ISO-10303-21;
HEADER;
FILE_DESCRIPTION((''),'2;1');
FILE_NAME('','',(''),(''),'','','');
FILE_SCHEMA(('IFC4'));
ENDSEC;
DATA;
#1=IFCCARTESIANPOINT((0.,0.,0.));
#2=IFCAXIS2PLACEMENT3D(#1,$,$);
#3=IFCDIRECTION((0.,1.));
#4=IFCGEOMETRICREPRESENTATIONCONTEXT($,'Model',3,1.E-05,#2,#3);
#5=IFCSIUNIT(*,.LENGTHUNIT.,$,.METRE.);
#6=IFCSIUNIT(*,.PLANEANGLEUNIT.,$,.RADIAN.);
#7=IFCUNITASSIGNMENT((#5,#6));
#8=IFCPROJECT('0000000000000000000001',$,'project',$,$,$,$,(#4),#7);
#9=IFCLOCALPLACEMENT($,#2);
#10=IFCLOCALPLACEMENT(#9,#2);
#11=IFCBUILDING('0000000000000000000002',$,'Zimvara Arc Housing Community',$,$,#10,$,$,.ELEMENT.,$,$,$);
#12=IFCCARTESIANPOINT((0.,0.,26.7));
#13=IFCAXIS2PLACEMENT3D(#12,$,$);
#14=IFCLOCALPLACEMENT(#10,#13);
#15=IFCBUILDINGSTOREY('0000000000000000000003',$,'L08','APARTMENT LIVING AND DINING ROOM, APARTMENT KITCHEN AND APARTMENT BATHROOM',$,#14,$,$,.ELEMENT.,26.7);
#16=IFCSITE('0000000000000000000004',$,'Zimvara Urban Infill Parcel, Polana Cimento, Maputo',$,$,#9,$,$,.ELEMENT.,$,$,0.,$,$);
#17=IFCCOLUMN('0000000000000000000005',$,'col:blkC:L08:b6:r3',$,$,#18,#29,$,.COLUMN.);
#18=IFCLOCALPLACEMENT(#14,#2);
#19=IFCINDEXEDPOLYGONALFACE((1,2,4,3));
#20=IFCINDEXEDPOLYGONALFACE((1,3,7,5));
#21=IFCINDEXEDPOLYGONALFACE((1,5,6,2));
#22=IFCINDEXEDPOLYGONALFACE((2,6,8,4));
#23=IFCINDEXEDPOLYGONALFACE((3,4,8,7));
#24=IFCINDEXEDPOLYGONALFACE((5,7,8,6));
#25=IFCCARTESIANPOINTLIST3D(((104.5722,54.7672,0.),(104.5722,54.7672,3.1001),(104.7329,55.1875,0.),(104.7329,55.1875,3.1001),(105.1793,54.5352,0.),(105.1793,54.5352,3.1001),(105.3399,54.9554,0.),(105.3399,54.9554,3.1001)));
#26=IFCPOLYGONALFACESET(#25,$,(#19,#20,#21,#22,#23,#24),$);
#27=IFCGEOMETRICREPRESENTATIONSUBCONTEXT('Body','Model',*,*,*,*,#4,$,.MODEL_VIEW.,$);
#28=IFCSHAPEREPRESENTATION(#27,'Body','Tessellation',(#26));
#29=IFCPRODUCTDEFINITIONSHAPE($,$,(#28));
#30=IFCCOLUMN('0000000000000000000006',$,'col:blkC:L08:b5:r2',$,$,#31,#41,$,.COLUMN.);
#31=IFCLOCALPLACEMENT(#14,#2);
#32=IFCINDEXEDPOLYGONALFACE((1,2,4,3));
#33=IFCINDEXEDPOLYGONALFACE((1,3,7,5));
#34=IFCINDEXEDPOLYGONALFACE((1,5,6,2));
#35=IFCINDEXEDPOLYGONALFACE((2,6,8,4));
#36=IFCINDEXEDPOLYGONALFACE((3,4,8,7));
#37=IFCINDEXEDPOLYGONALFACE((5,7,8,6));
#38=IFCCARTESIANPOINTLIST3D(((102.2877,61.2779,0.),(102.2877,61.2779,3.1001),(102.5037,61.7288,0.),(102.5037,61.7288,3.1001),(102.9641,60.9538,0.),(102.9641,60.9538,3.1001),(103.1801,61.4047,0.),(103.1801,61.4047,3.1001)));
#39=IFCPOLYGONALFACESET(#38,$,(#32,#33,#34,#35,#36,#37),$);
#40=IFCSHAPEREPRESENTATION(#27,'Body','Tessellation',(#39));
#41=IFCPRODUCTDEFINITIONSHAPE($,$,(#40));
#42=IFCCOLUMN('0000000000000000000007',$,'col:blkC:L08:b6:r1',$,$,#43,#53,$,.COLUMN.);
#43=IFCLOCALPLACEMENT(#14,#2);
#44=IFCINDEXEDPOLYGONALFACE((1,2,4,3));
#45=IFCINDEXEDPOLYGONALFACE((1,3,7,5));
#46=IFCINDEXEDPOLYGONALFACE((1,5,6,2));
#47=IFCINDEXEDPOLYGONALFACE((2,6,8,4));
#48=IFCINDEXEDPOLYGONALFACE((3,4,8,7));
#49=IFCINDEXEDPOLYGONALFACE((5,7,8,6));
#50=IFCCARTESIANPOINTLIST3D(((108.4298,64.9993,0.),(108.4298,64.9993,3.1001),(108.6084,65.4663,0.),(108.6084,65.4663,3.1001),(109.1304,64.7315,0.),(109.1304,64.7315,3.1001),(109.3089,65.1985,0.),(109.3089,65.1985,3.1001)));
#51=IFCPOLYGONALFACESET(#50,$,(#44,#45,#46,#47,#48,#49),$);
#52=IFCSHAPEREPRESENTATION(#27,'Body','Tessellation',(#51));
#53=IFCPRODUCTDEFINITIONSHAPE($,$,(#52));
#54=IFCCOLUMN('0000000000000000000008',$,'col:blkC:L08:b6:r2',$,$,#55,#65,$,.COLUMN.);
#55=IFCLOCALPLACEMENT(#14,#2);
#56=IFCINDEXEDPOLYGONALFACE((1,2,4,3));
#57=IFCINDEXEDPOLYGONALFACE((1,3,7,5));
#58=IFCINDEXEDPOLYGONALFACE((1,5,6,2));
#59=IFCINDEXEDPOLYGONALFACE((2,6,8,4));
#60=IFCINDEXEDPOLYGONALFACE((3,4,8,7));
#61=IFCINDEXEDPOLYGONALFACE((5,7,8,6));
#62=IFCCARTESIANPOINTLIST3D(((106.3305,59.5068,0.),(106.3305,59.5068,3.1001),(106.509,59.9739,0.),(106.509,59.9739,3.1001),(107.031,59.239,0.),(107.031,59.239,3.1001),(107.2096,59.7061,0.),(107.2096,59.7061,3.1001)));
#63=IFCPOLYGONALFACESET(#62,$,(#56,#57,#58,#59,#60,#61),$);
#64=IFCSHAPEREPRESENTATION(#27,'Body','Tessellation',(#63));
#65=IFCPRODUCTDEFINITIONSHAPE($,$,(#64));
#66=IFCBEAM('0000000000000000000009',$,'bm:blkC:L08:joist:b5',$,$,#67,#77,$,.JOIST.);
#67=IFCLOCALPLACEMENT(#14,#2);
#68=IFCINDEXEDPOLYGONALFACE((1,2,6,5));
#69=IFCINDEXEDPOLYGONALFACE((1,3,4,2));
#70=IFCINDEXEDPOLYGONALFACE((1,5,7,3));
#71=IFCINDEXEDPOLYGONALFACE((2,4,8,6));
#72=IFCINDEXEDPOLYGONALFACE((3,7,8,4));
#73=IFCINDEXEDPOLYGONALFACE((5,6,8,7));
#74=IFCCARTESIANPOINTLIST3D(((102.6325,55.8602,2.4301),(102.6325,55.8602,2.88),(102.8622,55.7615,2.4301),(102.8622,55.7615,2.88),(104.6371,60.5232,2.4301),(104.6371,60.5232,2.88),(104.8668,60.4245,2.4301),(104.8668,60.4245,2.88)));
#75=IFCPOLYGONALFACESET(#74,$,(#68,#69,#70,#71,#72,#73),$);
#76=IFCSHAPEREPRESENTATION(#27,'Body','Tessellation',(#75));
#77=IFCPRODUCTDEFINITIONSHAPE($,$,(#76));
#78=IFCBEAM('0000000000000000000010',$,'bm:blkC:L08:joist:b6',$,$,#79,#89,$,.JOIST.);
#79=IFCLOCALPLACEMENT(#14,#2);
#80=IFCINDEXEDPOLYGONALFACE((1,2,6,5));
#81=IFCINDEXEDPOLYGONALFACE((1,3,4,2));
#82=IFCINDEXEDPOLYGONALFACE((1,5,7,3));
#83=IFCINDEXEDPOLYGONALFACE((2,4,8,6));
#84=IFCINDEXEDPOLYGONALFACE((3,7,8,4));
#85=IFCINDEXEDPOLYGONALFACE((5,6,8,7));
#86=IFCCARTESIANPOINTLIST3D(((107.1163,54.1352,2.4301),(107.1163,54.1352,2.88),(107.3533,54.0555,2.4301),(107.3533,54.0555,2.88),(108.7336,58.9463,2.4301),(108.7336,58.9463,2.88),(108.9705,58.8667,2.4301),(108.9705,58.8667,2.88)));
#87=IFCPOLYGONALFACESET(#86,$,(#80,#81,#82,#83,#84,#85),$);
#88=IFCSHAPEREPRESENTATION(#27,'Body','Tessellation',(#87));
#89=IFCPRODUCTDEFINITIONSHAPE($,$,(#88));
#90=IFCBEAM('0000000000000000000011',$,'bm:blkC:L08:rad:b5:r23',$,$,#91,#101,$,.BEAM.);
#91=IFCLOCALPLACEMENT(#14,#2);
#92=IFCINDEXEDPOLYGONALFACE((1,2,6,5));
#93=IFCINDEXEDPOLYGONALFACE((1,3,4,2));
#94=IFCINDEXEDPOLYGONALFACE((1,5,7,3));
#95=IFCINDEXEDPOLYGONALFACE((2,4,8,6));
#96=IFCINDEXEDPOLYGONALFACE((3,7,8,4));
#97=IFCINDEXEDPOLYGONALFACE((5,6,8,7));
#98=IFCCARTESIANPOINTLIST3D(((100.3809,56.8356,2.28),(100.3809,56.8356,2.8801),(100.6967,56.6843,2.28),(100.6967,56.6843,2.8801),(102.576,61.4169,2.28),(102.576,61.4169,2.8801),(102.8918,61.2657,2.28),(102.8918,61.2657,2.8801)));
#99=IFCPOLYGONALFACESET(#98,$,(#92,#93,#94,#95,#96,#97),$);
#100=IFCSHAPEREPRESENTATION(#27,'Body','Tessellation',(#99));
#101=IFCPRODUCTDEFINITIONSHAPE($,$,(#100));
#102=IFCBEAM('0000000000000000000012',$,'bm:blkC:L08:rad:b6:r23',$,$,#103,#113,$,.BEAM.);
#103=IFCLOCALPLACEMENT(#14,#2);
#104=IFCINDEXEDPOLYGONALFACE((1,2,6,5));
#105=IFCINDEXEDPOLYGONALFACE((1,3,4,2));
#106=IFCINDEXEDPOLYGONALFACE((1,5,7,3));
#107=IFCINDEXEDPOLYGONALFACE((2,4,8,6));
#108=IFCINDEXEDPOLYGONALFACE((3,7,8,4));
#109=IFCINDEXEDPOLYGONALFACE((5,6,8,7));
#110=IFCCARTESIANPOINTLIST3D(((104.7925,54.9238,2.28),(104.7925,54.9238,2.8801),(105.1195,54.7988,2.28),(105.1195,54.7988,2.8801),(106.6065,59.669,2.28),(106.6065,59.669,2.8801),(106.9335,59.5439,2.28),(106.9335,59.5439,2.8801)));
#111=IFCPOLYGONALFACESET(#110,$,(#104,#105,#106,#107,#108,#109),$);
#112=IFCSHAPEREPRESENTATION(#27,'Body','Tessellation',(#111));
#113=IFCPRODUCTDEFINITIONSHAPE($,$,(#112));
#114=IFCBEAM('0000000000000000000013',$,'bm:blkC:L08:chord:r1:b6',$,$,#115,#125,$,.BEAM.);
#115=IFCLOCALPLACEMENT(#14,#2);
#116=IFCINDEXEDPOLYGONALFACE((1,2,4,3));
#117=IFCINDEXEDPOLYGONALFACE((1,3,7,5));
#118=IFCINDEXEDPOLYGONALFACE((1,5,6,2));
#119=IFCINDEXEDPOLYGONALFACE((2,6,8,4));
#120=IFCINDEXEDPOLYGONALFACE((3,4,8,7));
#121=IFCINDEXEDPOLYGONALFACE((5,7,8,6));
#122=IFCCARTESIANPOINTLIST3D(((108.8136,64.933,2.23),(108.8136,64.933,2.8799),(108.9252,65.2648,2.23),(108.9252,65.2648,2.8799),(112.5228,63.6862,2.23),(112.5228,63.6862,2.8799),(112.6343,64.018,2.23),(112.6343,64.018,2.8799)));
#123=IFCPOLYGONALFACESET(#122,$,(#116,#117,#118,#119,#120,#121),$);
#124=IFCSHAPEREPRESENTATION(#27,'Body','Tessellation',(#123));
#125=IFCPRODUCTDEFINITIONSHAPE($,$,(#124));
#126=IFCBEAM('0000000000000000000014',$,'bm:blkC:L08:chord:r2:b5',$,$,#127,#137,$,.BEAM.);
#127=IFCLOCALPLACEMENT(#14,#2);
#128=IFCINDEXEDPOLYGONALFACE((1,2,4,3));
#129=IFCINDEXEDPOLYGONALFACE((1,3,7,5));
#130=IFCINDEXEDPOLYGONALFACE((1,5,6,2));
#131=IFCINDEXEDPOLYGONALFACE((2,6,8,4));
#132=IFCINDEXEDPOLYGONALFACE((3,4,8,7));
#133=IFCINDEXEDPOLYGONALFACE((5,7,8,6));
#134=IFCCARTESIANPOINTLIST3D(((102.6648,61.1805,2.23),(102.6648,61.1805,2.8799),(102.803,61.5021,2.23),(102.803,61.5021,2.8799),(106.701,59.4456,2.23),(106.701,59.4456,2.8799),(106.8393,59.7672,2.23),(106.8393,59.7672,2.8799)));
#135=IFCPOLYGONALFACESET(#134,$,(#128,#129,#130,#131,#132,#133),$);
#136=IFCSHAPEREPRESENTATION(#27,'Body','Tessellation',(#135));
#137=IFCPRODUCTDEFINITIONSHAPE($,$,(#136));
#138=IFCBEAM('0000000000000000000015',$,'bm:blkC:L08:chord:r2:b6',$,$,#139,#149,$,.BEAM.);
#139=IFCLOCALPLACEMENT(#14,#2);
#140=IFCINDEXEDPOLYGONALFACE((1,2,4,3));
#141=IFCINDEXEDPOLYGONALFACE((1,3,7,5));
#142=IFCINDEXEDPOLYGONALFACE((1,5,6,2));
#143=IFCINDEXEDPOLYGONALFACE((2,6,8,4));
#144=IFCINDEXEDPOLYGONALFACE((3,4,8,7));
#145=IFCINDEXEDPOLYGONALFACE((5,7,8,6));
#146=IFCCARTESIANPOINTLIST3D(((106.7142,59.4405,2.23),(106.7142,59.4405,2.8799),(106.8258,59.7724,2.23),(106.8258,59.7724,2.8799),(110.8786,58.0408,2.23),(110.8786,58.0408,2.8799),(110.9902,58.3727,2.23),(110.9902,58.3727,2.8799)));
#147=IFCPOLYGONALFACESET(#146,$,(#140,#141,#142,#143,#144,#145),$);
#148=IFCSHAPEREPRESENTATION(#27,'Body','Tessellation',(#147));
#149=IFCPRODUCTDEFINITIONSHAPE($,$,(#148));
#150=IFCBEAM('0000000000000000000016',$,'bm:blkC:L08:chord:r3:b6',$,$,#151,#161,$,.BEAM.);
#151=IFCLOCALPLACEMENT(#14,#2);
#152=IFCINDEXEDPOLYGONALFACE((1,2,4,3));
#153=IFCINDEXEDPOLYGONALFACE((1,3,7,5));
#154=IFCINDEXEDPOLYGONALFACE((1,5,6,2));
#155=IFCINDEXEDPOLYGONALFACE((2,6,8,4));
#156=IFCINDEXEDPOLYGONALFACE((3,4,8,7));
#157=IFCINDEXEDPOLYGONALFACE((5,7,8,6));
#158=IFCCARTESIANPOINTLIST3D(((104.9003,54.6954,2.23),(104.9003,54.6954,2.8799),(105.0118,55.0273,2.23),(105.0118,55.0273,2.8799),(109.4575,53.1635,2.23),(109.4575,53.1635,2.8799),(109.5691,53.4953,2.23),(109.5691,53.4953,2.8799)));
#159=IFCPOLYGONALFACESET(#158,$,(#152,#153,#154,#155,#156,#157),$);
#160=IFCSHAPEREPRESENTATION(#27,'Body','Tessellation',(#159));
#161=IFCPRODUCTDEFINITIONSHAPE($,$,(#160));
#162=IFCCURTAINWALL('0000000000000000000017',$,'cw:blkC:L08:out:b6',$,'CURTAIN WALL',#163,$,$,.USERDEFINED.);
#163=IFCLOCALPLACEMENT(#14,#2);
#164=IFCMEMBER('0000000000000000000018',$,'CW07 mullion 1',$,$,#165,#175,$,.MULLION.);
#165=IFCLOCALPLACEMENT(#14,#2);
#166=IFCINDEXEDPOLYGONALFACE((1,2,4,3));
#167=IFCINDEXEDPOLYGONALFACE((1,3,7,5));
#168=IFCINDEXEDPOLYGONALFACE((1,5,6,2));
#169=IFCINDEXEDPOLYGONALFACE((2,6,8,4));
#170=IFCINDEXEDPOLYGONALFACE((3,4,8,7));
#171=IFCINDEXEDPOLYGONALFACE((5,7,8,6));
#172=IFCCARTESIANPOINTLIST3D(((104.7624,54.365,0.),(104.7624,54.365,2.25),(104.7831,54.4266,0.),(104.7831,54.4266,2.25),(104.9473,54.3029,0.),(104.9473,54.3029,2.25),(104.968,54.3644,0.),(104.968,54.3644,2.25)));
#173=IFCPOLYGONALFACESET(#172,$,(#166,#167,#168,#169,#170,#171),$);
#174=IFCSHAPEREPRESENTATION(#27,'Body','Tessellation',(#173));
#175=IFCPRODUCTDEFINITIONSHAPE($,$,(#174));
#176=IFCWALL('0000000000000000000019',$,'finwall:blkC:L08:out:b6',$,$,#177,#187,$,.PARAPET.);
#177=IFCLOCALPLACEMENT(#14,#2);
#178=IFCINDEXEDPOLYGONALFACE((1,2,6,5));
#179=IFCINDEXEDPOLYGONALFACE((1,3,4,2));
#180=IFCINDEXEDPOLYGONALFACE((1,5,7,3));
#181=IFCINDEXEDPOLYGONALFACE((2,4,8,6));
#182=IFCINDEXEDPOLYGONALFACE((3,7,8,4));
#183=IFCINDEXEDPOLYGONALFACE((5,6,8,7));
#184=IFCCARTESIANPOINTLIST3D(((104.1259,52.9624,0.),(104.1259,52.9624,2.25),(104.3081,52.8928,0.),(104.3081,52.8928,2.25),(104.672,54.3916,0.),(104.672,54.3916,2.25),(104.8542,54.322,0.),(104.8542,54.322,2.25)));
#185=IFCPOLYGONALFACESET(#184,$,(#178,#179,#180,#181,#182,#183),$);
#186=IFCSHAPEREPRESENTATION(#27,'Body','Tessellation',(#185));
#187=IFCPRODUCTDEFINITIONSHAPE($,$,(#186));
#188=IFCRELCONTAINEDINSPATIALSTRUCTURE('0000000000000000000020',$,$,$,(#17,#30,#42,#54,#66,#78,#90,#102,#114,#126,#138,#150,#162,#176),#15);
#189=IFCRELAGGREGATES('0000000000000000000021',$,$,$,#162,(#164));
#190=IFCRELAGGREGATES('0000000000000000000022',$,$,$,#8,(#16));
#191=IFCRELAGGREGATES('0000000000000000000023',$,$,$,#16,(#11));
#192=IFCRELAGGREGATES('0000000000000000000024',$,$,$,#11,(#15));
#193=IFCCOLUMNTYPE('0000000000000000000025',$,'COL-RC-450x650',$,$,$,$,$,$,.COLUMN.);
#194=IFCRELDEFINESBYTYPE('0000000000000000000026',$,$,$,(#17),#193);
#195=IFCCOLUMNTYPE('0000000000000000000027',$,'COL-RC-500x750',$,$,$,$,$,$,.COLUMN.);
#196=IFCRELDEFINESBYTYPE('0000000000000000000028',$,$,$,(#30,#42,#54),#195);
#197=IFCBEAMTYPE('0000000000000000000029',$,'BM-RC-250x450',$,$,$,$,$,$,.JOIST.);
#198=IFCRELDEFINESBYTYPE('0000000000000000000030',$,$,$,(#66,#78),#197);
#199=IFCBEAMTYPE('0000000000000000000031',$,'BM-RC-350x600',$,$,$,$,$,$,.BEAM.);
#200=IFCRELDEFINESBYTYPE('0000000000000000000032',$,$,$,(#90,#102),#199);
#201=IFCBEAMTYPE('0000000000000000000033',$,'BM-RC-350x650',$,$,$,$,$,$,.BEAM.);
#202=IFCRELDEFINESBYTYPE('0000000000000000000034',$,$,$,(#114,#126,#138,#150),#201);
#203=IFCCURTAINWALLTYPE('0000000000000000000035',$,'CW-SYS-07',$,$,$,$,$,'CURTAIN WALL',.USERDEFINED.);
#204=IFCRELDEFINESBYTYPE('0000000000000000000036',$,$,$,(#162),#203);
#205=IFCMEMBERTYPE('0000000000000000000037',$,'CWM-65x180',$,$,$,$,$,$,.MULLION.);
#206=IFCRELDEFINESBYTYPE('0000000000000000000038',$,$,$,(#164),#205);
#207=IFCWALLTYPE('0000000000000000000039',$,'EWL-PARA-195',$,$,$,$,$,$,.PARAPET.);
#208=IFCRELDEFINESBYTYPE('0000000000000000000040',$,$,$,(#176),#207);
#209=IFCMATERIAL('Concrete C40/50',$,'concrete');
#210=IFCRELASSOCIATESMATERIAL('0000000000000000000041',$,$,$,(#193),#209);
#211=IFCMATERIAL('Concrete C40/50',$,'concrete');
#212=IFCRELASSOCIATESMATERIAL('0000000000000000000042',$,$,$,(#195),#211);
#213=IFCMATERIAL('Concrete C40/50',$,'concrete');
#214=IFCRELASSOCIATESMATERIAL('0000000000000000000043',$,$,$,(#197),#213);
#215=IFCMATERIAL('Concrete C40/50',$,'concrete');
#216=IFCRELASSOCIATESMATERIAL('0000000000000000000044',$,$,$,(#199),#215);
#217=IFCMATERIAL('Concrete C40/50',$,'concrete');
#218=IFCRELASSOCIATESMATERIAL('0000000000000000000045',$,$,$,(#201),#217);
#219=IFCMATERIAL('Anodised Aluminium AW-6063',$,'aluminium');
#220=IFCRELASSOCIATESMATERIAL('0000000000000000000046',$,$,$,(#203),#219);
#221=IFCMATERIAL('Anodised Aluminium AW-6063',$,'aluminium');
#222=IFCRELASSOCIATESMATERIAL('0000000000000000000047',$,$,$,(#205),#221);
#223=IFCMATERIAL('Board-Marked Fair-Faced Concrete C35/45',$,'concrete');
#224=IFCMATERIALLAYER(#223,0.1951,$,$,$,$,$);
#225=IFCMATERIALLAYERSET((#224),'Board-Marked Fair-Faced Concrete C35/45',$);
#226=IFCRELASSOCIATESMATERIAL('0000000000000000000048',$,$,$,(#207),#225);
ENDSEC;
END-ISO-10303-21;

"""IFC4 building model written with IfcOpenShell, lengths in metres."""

from ifc_helpers import new_model, si_unit, direction, frame, frame_2d, origin, origin_2d, place, context, subcontext, project, spatial, rectangle, extrude, material, layer, layer_set, material_profile, profile_set, type_object, element, aggregate, save


model = new_model("IFC4")

# Units and contexts
model_context = context("Model", 3, precision=1e-05, world=origin(), true_north=direction((0.0, 1.0)))
body_context = subcontext(model_context, "Body", "Model", "MODEL_VIEW")
ifc_project = project(units=[si_unit("LENGTHUNIT", "METRE"), si_unit("PLANEANGLEUNIT", "RADIAN")], contexts=[model_context])

# Site, building, storey
site_placement = place(None, origin())
site = spatial("IfcSite", under=ifc_project, at=site_placement, Name="Zimvara Urban Infill Parcel, Polana Cimento, Maputo", CompositionType="ELEMENT", RefElevation=0.0)
building_placement = place(site_placement, origin())
building = spatial("IfcBuilding", under=site, at=building_placement, Name="Zimvara Arc Housing Community", CompositionType="ELEMENT")
storey_placement = place(building_placement, frame((0.0, 0.0, 26.7)))
storey = spatial("IfcBuildingStorey", under=building, at=storey_placement, Name="L08", Description="APARTMENT LIVING AND DINING ROOM, APARTMENT KITCHEN AND APARTMENT BATHROOM", CompositionType="ELEMENT", Elevation=26.7)

# Columns
ifc_material_1 = material(Name="Concrete C40/50", Category="concrete")
ifc_material_profile_1 = material_profile(ifc_material_1, rectangle(XDim=0.45, YDim=0.6499, at=origin_2d()), Name="RC 450x650")
ifc_profile_set_1 = profile_set([ifc_material_profile_1], Name="Concrete C40/50")
column_type_1 = type_object("IfcColumnType", Name="COL-RC-450x650", PredefinedType="COLUMN", material=ifc_profile_set_1)
column_placement = place(storey_placement, frame((104.9561, 54.8613, 0.0), z_axis=(0.0, 0.0, 1.0), x_axis=(-0.357064, -0.93408, 0.0)))
element("IfcColumn", 1, at=column_placement, inside=storey, type_object=column_type_1, Name="col:blkC:L08:b6:r3", PredefinedType="COLUMN", context=body_context, shape_type="SweptSolid", body=[
    extrude(rectangle(XDim=0.45, YDim=0.6499, at=origin_2d()), origin(), (0.0, 0.0, 1.0), 3.1001),
])
ifc_material_2 = material(Name="Concrete C40/50", Category="concrete")
ifc_material_profile_2 = material_profile(ifc_material_2, rectangle(XDim=0.5, YDim=0.75, at=origin_2d()), Name="RC 500x750")
ifc_profile_set_2 = profile_set([ifc_material_profile_2], Name="Concrete C40/50")
column_type_2 = type_object("IfcColumnType", Name="COL-RC-500x750", PredefinedType="COLUMN", material=ifc_profile_set_2)
for number, where, z_axis, x_axis, name in (
    (2, (102.7339, 61.3413, 0.0), (0.0, 0.0, 1.0), (-0.432086, -0.901833, 0.0), "col:blkC:L08:b5:r2"),
    (3, (108.8694, 65.0989, 0.0), (0.0, 0.0, 1.0), (-0.357064, -0.93408, 0.0), "col:blkC:L08:b6:r1"),
    (4, (106.77, 59.6064, 0.0), (0.0, 0.0, 1.0), (-0.357064, -0.93408, 0.0), "col:blkC:L08:b6:r2"),
):
    element("IfcColumn", number, at=place(storey_placement, frame(where, z_axis=z_axis, x_axis=x_axis)), inside=storey, type_object=column_type_2, Name=name, PredefinedType="COLUMN", context=body_context, shape_type="SweptSolid", body=[
        extrude(rectangle(XDim=0.5, YDim=0.75, at=origin_2d()), origin(), (0.0, 0.0, 1.0), 3.1001),
    ])

# Beams
ifc_material_3 = material(Name="Concrete C40/50", Category="concrete")
ifc_material_profile_3 = material_profile(ifc_material_3, rectangle(XDim=0.25, YDim=0.45, at=origin_2d()), Name="RC 250x450")
ifc_profile_set_3 = profile_set([ifc_material_profile_3], Name="Concrete C40/50")
beam_type_1 = type_object("IfcBeamType", Name="BM-RC-250x450", PredefinedType="JOIST", material=ifc_profile_set_3)
for number, where, z_axis, x_axis, name in (
    (5, (104.752, 60.4739, 2.655), (-0.394947, -0.918704, 0.0), (0.918704, -0.394947, 0.0), "bm:blkC:L08:joist:b5"),
    (6, (108.8521, 58.9065, 2.655), (-0.318622, -0.947882, 0.0), (0.947882, -0.318622, 0.0), "bm:blkC:L08:joist:b6"),
):
    element("IfcBeam", number, at=place(storey_placement, frame(where, z_axis=z_axis, x_axis=x_axis)), inside=storey, type_object=beam_type_1, Name=name, PredefinedType="JOIST", context=body_context, shape_type="SweptSolid", body=[
        extrude(rectangle(XDim=0.25, YDim=0.45, at=origin_2d()), origin(), (0.0, 0.0, 1.0), 5.0757),
    ])
ifc_material_4 = material(Name="Concrete C40/50", Category="concrete")
ifc_material_profile_4 = material_profile(ifc_material_4, rectangle(XDim=0.3501, YDim=0.6001, at=origin_2d()), Name="RC 350x600")
ifc_profile_set_4 = profile_set([ifc_material_profile_4], Name="Concrete C40/50")
beam_type_2 = type_object("IfcBeamType", Name="BM-RC-350x600", PredefinedType="BEAM", material=ifc_profile_set_4)
for number, where, z_axis, x_axis, name in (
    (7, (102.7339, 61.3413, 2.5801), (-0.432098, -0.901827, 0.0), (0.901827, -0.432098, 0.0), "bm:blkC:L08:rad:b5:r23"),
    (8, (106.77, 59.6064, 2.5801), (-0.357078, -0.934074, 0.0), (0.934074, -0.357078, 0.0), "bm:blkC:L08:rad:b6:r23"),
):
    element("IfcBeam", number, at=place(storey_placement, frame(where, z_axis=z_axis, x_axis=x_axis)), inside=storey, type_object=beam_type_2, Name=name, PredefinedType="BEAM", context=body_context, shape_type="SweptSolid", body=[
        extrude(rectangle(XDim=0.3501, YDim=0.6001, at=origin_2d()), origin(), (0.0, 0.0, 1.0), 5.0801),
    ])
ifc_material_5 = material(Name="Concrete C40/50", Category="concrete")
ifc_material_profile_5 = material_profile(ifc_material_5, rectangle(XDim=0.3501, YDim=0.6499, at=origin_2d()), Name="RC 350x650")
ifc_profile_set_5 = profile_set([ifc_material_profile_5], Name="Concrete C40/50")
beam_type_3 = type_object("IfcBeamType", Name="BM-RC-350x650", PredefinedType="BEAM", material=ifc_profile_set_5)
beam_1_placement = place(storey_placement, frame((108.8694, 65.0989, 2.5549), z_axis=(0.947882, -0.318623, 0.0), x_axis=(0.318623, 0.947882, 0.0)))
element("IfcBeam", 9, at=beam_1_placement, inside=storey, type_object=beam_type_3, Name="bm:blkC:L08:chord:r1:b6", PredefinedType="BEAM", context=body_context, shape_type="SweptSolid", body=[
    extrude(rectangle(XDim=0.3501, YDim=0.6499, at=origin_2d()), origin(), (0.0, 0.0, 1.0), 3.9131),
])
for number, where, z_axis, x_axis, name in (
    (10, (102.7339, 61.3413, 2.5549), (0.918725, -0.394898, 0.0), (0.394898, 0.918725, 0.0), "bm:blkC:L08:chord:r2:b5"),
    (11, (106.77, 59.6064, 2.5549), (0.947891, -0.318594, 0.0), (0.318594, 0.947891, 0.0), "bm:blkC:L08:chord:r2:b6"),
):
    element("IfcBeam", number, at=place(storey_placement, frame(where, z_axis=z_axis, x_axis=x_axis)), inside=storey, type_object=beam_type_3, Name=name, PredefinedType="BEAM", context=body_context, shape_type="SweptSolid", body=[
        extrude(rectangle(XDim=0.3501, YDim=0.6499, at=origin_2d()), origin(), (0.0, 0.0, 1.0), 4.3933),
    ])
beam_2_placement = place(storey_placement, frame((104.9561, 54.8613, 2.5549), z_axis=(0.947878, -0.318634, 0.0), x_axis=(0.318634, 0.947878, 0.0)))
element("IfcBeam", 12, at=beam_2_placement, inside=storey, type_object=beam_type_3, Name="bm:blkC:L08:chord:r3:b6", PredefinedType="BEAM", context=body_context, shape_type="SweptSolid", body=[
    extrude(rectangle(XDim=0.3501, YDim=0.6499, at=origin_2d()), origin(), (0.0, 0.0, 1.0), 4.8079),
])

# Curtain wall, member
ifc_material_6 = material(Name="Anodised Aluminium AW-6063", Category="aluminium")
curtain_wall_type = type_object("IfcCurtainWallType", Name="CW-SYS-07", ElementType="CURTAIN WALL", PredefinedType="USERDEFINED", material=ifc_material_6)
curtain_wall_placement = place(storey_placement, origin())
curtain_wall = element("IfcCurtainWall", 13, at=curtain_wall_placement, inside=storey, type_object=curtain_wall_type, Name="cw:blkC:L08:out:b6", ObjectType="CURTAIN WALL", PredefinedType="USERDEFINED")
ifc_material_7 = material(Name="Anodised Aluminium AW-6063", Category="aluminium")
ifc_material_profile_6 = material_profile(ifc_material_7, rectangle(XDim=0.0649, YDim=0.1951, at=origin_2d()), Name="ALU 65x195")
ifc_profile_set_6 = profile_set([ifc_material_profile_6], Name="Anodised Aluminium AW-6063")
member_type = type_object("IfcMemberType", Name="CWM-65x180", PredefinedType="MULLION", material=ifc_profile_set_6)
member_placement = place(storey_placement, frame((104.8652, 54.3647, 0.0), z_axis=(0.0, 0.0, 1.0), x_axis=(0.318629, 0.94788, 0.0)))
member = element("IfcMember", 14, at=member_placement, type_object=member_type, Name="CW07 mullion 1", PredefinedType="MULLION", context=body_context, shape_type="SweptSolid", body=[
    extrude(rectangle(XDim=0.0649, YDim=0.1951, at=origin_2d()), origin(), (0.0, 0.0, 1.0), 2.25),
])
aggregate(curtain_wall, [member])

# Wall
ifc_material_8 = material(Name="Board-Marked Fair-Faced Concrete C35/45", Category="concrete")
ifc_layer_1 = layer(ifc_material_8, 0.1951)
ifc_layer_set_1 = layer_set([ifc_layer_1], Name="Board-Marked Fair-Faced Concrete C35/45")
wall_type_1 = type_object("IfcWallType", Name="EWL-PARA-195", PredefinedType="PARAPET", material=ifc_layer_set_1)
wall_1_placement = place(storey_placement, frame((104.7632, 54.3569, 0.0), z_axis=(0.0, 0.0, 1.0), x_axis=(-0.356957, -0.934121, 0.0)))
element("IfcWall", 15, at=wall_1_placement, inside=storey, type_object=wall_type_1, Name="finwall:blkC:L08:out:b6", PredefinedType="PARAPET", context=body_context, shape_type="SweptSolid", body=[
    extrude(rectangle(XDim=1.53, YDim=0.1951, at=frame_2d((0.7651, 0.0))), origin(), (0.0, 0.0, 1.0), 2.25),
])

save(model, "model.ifc")
